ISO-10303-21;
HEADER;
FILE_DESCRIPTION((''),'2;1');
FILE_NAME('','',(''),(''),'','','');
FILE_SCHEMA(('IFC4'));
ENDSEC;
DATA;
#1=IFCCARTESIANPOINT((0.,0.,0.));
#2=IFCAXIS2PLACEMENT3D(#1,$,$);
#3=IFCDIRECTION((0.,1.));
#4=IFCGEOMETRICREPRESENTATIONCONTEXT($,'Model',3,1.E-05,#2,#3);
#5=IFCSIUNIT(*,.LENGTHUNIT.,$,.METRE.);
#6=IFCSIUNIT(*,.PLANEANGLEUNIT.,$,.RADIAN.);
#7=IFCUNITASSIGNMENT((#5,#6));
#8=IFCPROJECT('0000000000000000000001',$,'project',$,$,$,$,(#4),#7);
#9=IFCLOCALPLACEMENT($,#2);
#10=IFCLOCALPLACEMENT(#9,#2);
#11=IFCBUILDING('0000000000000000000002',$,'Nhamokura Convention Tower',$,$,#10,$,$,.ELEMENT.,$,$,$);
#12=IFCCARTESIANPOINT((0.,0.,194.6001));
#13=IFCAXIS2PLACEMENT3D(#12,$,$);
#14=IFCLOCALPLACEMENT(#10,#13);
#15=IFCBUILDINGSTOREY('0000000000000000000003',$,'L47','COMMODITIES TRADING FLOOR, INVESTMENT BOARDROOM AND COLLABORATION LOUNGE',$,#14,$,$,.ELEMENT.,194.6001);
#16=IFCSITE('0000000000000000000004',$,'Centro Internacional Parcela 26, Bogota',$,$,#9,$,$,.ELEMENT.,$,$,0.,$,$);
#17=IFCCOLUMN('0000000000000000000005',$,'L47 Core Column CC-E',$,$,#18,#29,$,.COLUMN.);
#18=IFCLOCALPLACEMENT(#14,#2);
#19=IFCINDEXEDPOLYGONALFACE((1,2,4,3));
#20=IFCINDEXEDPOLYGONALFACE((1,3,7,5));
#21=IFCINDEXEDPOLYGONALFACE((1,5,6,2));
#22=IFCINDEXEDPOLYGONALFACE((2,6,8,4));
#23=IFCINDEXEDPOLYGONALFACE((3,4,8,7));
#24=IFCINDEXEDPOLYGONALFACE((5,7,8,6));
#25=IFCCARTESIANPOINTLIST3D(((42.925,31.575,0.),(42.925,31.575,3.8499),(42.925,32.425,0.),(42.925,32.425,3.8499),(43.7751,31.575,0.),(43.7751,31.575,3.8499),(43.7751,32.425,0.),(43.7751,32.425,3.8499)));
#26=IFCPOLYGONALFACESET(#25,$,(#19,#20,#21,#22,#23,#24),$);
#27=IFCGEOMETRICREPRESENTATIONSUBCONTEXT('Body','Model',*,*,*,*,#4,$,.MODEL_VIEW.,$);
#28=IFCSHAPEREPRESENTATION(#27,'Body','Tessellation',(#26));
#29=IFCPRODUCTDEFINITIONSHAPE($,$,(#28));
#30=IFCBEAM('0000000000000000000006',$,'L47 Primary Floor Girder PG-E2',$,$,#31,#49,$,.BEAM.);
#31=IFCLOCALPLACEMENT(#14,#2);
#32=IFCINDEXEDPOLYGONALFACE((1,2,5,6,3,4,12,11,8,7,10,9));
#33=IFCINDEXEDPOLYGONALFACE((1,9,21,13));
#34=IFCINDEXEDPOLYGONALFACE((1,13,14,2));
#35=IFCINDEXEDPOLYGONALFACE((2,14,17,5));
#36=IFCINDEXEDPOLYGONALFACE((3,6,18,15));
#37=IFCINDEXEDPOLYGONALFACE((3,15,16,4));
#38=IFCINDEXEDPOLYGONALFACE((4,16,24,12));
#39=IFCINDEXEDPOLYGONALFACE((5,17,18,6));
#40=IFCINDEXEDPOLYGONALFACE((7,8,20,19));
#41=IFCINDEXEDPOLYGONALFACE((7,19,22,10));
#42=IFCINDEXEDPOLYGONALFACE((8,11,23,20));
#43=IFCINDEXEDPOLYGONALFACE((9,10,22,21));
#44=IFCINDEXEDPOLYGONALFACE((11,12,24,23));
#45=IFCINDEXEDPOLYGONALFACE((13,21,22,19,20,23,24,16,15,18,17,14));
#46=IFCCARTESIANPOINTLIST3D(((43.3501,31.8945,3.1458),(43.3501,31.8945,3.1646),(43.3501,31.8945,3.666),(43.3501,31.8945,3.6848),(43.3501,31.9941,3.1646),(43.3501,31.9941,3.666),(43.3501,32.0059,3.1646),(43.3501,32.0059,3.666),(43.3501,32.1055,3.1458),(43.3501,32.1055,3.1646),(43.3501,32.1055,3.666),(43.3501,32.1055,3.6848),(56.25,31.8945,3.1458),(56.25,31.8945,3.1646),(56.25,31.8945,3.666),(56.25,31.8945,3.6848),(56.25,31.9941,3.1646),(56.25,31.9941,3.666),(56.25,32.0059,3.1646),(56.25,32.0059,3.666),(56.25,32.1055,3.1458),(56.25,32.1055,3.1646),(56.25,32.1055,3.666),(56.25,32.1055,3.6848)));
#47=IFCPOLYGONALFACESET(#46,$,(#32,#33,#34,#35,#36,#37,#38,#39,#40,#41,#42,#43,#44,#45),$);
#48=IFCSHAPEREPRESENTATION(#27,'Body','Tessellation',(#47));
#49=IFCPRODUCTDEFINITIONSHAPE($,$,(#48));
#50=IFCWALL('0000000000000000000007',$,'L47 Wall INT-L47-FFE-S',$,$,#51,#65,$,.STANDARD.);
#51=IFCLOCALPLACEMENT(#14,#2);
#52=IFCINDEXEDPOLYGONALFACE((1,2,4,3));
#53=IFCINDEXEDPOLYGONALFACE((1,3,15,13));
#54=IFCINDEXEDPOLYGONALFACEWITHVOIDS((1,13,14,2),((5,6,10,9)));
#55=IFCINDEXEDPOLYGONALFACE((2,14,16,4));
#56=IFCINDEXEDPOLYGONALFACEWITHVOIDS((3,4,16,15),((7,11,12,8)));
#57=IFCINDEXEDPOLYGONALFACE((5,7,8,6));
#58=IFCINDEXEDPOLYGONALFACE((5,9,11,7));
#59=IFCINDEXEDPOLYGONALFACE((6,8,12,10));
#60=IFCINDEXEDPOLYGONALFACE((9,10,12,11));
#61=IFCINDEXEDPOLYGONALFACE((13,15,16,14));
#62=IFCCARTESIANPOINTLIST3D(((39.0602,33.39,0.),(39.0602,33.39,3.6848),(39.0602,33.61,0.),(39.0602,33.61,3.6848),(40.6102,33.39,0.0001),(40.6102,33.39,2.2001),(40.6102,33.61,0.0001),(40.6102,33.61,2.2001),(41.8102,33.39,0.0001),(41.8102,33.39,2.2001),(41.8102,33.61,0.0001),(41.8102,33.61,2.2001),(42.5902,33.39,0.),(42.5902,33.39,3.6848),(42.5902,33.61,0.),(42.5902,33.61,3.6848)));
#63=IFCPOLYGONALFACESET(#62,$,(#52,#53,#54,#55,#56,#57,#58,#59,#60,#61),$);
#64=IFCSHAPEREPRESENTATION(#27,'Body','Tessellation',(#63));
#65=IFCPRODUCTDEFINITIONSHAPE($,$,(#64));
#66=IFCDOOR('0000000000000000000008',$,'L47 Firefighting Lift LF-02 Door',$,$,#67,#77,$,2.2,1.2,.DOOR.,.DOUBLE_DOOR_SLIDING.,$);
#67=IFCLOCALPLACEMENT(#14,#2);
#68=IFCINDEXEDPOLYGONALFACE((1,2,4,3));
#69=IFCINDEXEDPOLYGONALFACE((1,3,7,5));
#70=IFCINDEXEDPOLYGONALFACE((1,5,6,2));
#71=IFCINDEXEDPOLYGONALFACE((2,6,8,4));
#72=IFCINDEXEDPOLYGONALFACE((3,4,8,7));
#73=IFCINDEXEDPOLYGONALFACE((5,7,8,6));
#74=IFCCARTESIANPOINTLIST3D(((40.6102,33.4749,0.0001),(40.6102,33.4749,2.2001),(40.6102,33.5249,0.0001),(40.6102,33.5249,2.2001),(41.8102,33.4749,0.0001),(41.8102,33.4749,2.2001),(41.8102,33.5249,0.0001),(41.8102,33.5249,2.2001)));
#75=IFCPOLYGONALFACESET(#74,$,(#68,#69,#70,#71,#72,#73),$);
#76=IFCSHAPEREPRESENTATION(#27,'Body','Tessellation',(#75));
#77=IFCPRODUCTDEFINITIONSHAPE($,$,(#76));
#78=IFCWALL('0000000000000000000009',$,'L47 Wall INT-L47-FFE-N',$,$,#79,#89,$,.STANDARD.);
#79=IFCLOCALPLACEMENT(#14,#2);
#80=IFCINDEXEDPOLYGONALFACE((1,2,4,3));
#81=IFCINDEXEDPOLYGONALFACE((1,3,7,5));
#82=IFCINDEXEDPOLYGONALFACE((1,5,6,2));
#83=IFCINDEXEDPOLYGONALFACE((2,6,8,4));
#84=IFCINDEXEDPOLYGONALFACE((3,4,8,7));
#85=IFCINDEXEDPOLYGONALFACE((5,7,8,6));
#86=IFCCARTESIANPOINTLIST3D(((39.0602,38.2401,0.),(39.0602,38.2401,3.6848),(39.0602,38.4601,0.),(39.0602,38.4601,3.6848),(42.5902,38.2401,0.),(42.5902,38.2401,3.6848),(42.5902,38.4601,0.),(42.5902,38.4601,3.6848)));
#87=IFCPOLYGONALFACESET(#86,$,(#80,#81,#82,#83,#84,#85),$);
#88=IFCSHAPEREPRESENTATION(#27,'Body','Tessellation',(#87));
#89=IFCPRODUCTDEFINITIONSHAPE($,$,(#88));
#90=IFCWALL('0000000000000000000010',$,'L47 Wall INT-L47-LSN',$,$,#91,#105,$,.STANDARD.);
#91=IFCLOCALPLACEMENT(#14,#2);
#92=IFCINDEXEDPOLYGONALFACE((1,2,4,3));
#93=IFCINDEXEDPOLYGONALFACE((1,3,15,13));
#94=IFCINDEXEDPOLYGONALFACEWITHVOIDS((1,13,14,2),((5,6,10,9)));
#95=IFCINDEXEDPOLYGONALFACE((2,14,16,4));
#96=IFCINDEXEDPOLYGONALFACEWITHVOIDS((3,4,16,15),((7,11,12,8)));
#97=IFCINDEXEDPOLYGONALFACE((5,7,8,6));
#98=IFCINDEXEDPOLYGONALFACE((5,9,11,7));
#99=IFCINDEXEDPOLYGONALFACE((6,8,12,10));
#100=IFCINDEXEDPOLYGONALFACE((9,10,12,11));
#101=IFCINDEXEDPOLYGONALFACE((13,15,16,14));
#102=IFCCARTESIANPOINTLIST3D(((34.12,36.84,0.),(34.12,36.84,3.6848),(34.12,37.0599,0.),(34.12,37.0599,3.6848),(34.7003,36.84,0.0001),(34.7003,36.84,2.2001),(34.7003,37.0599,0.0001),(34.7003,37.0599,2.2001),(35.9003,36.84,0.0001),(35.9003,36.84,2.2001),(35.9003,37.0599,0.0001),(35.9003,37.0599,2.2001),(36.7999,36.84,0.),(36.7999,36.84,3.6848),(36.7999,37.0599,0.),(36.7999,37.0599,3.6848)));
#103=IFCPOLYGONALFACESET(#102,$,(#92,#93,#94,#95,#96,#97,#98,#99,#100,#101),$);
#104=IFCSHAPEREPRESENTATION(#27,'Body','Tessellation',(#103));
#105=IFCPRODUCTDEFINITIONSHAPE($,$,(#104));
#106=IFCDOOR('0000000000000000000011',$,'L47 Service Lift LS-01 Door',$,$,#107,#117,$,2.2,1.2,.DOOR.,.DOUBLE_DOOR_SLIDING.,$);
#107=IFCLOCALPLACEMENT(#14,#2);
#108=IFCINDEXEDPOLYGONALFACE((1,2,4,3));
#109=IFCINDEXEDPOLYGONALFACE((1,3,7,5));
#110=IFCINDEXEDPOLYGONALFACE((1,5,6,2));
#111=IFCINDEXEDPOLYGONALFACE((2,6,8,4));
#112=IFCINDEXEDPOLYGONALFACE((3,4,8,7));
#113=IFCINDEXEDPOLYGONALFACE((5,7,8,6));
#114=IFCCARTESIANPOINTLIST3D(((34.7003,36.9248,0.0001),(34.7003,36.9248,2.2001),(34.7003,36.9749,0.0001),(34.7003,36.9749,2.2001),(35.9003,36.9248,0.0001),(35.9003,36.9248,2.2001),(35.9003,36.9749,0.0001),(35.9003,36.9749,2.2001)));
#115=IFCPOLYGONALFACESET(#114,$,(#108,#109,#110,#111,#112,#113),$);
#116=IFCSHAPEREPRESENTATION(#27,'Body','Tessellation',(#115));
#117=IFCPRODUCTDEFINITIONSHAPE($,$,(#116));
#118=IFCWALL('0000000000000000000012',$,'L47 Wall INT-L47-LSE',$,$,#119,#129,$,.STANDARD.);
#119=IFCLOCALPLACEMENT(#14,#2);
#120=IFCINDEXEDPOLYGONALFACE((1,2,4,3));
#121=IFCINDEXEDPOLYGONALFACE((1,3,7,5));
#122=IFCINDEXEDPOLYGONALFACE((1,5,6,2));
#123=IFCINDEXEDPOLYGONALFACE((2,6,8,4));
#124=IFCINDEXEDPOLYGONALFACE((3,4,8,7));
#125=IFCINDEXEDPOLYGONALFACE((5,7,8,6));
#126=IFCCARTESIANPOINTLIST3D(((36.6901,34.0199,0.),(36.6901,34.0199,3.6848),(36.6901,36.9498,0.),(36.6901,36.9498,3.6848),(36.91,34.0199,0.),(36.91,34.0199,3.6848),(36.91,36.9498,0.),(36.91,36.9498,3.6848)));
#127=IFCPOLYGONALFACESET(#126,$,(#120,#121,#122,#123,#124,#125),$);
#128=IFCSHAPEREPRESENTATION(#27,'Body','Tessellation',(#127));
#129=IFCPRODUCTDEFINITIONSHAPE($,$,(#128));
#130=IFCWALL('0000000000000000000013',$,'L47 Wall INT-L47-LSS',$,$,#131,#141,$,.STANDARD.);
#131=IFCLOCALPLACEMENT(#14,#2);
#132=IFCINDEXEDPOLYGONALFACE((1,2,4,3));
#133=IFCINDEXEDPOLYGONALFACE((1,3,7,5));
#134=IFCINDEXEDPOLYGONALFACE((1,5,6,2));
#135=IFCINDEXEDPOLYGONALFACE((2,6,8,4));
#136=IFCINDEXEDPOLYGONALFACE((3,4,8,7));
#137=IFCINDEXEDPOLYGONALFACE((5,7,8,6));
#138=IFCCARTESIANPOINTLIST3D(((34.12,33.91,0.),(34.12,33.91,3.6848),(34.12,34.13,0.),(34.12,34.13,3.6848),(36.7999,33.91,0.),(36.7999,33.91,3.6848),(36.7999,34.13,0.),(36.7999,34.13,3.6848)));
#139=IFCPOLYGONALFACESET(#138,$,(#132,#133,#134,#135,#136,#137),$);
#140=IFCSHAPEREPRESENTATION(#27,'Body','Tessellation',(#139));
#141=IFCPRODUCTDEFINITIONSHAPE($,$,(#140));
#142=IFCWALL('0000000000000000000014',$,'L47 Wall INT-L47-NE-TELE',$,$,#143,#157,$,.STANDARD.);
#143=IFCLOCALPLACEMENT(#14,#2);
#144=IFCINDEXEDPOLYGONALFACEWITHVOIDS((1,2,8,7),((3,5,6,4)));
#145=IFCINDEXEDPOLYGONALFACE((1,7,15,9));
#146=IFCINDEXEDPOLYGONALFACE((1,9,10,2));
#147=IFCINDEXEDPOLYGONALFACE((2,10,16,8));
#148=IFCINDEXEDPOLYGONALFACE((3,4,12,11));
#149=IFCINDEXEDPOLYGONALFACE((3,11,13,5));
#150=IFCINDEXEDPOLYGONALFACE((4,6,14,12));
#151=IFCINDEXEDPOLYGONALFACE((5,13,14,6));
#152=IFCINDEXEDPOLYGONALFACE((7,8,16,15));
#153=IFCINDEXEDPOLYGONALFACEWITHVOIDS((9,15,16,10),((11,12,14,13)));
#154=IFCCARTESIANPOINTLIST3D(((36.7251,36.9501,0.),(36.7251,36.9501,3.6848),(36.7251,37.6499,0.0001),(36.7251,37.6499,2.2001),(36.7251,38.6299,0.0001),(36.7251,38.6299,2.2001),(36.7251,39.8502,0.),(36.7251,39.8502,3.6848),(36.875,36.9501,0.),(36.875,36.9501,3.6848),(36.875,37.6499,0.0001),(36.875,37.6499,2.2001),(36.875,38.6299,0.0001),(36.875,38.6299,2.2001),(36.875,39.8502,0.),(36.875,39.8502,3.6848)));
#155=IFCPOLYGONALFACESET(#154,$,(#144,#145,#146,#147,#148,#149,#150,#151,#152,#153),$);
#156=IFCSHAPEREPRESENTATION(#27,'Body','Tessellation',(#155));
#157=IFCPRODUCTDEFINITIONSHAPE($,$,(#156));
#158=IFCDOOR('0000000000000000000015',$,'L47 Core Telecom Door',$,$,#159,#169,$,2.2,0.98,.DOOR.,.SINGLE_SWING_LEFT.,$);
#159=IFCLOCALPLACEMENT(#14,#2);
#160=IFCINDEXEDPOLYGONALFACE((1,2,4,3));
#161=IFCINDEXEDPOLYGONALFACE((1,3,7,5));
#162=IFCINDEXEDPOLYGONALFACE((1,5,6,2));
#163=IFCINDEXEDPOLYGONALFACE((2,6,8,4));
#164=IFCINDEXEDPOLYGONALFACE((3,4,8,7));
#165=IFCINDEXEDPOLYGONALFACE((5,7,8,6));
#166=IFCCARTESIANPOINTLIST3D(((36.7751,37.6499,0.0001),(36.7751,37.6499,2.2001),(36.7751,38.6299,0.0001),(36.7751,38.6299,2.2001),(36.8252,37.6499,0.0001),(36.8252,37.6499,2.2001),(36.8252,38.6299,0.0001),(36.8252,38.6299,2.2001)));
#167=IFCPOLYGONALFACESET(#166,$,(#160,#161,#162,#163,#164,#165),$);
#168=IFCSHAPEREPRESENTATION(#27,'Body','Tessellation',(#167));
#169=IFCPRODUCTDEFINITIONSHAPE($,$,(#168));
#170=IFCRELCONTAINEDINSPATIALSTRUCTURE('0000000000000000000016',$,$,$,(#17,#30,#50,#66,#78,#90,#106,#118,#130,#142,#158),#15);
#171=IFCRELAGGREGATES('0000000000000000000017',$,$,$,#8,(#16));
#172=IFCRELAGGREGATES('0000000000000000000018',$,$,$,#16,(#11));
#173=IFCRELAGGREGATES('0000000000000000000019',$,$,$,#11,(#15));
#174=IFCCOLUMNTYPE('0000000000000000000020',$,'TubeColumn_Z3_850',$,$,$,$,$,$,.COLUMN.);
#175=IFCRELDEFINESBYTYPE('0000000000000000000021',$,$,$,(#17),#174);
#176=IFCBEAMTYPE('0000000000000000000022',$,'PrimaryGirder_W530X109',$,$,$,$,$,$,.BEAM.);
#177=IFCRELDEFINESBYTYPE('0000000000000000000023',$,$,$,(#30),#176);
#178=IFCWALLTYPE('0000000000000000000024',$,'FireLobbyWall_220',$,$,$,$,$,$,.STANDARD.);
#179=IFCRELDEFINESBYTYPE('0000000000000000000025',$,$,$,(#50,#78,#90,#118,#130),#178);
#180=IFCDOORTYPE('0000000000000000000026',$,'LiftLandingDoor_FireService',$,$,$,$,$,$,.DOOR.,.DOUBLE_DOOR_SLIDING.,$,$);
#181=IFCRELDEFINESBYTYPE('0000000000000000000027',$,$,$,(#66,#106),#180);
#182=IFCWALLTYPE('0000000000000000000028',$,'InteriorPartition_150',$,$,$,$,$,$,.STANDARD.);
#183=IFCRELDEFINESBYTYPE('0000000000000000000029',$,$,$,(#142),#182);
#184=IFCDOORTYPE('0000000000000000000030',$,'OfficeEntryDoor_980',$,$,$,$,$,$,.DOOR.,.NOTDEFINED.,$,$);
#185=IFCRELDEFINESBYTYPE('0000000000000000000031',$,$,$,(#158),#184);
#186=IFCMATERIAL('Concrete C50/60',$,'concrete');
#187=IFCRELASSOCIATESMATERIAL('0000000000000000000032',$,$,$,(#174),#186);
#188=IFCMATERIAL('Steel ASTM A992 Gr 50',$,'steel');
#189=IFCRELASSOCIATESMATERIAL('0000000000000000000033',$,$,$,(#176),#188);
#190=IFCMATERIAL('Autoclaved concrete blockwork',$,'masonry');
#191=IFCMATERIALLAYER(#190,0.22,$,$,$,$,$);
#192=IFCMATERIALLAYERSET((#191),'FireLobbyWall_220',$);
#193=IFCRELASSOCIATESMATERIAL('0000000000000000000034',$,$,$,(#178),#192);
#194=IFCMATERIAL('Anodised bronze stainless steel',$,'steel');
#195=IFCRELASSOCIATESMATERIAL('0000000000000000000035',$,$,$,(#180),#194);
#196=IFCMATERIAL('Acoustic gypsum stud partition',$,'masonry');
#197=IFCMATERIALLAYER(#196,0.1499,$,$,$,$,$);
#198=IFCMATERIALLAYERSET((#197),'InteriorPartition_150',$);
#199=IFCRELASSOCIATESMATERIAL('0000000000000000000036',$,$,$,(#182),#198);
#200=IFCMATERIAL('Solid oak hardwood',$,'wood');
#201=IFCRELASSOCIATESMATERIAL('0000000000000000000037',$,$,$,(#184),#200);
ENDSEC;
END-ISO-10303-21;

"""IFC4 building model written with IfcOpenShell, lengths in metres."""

from ifc_helpers import new_model, si_unit, direction, frame, frame_2d, origin, origin_2d, place, context, subcontext, project, spatial, rectangle, i_section, extrude, material, layer, layer_set, material_profile, profile_set, type_object, element, fill, save


model = new_model("IFC4")

# Units and contexts
model_context = context("Model", 3, precision=1e-05, world=origin(), true_north=direction((0.0, 1.0)))
body_context = subcontext(model_context, "Body", "Model", "MODEL_VIEW")
ifc_project = project(units=[si_unit("LENGTHUNIT", "METRE"), si_unit("PLANEANGLEUNIT", "RADIAN")], contexts=[model_context])

# Site, building, storey
site_placement = place(None, origin())
site = spatial("IfcSite", under=ifc_project, at=site_placement, Name="Centro Internacional Parcela 26, Bogota", CompositionType="ELEMENT", RefElevation=0.0)
building_placement = place(site_placement, origin())
building = spatial("IfcBuilding", under=site, at=building_placement, Name="Nhamokura Convention Tower", CompositionType="ELEMENT")
storey_placement = place(building_placement, frame((0.0, 0.0, 194.6001)))
storey = spatial("IfcBuildingStorey", under=building, at=storey_placement, Name="L47", Description="COMMODITIES TRADING FLOOR, INVESTMENT BOARDROOM AND COLLABORATION LOUNGE", CompositionType="ELEMENT", Elevation=194.6001)

# Column
ifc_material_1 = material(Name="Concrete C50/60", Category="concrete")
ifc_material_profile_1 = material_profile(ifc_material_1, rectangle(XDim=0.8501, YDim=0.8501, at=origin_2d()))
ifc_profile_set_1 = profile_set([ifc_material_profile_1], Name="Concrete C50/60")
column_type = type_object("IfcColumnType", Name="TubeColumn_Z3_850", PredefinedType="COLUMN", material=ifc_profile_set_1)
column_placement = place(storey_placement, frame((43.3501, 32.0, 0.0), z_axis=(0.0, 0.0, 1.0), x_axis=(1.0, 0.0, 0.0)))
element("IfcColumn", 1, at=column_placement, inside=storey, type_object=column_type, Name="L47 Core Column CC-E", PredefinedType="COLUMN", context=body_context, shape_type="SweptSolid", body=[
    extrude(rectangle(XDim=0.8501, YDim=0.8501, at=origin_2d()), origin(), (0.0, 0.0, 1.0), 3.8499),
])

# Beam
ifc_material_2 = material(Name="Steel ASTM A992 Gr 50", Category="steel")
ifc_material_profile_2 = material_profile(ifc_material_2, i_section(OverallWidth=0.2109, OverallDepth=0.5391, WebThickness=0.0117, FlangeThickness=0.0188, at=origin_2d()))
ifc_profile_set_2 = profile_set([ifc_material_profile_2], Name="Steel ASTM A992 Gr 50")
beam_type = type_object("IfcBeamType", Name="PrimaryGirder_W530X109", PredefinedType="BEAM", material=ifc_profile_set_2)
beam_placement = place(storey_placement, frame((43.3501, 32.0, 3.4153), z_axis=(1.0, 0.0, 0.0), x_axis=(0.0, 1.0, 0.0)))
element("IfcBeam", 2, at=beam_placement, inside=storey, type_object=beam_type, Name="L47 Primary Floor Girder PG-E2", PredefinedType="BEAM", context=body_context, shape_type="SweptSolid", body=[
    extrude(i_section(OverallWidth=0.2109, OverallDepth=0.5391, WebThickness=0.0117, FlangeThickness=0.0188, at=origin_2d()), origin(), (0.0, 0.0, 1.0), 12.8999),
])

# Wall, opening, door
ifc_material_3 = material(Name="Autoclaved concrete blockwork", Category="masonry")
ifc_layer_1 = layer(ifc_material_3, 0.22)
ifc_layer_set_1 = layer_set([ifc_layer_1], Name="FireLobbyWall_220")
wall_type_1 = type_object("IfcWallType", Name="FireLobbyWall_220", PredefinedType="STANDARD", material=ifc_layer_set_1)
wall_1_placement = place(storey_placement, frame((39.0601, 33.5, 0.0), z_axis=(0.0, 0.0, 1.0), x_axis=(1.0, 0.0, 0.0)))
wall_1 = element("IfcWall", 3, at=wall_1_placement, inside=storey, type_object=wall_type_1, Name="L47 Wall INT-L47-FFE-S", PredefinedType="STANDARD", context=body_context, shape_type="SweptSolid", body=[
    extrude(rectangle(XDim=3.53, YDim=0.22, at=frame_2d((1.7651, 0.0))), origin(), (0.0, 0.0, 1.0), 3.6848),
])
opening_1_placement = place(wall_1_placement, frame((1.55, 0.0, 0.0)))
opening_1 = element("IfcOpeningElement", 4, at=opening_1_placement, cuts=wall_1, PredefinedType="OPENING", context=body_context, shape_type="SweptSolid", body=[
    extrude(rectangle(XDim=1.2, YDim=2.2, at=frame_2d((0.6001, 1.1001))), frame((0.0, 0.1199, 0.0), z_axis=(0.0, -1.0, 0.0), x_axis=(1.0, 0.0, 0.0)), (0.0, 0.0, 1.0), 0.24),
])
ifc_material_4 = material(Name="Anodised bronze stainless steel", Category="steel")
door_type_1 = type_object("IfcDoorType", Name="LiftLandingDoor_FireService", OperationType="DOUBLE_DOOR_SLIDING", PredefinedType="DOOR", material=ifc_material_4)
door_1_placement = place(opening_1_placement, origin())
door_1 = element("IfcDoor", 5, at=door_1_placement, inside=storey, type_object=door_type_1, Name="L47 Firefighting Lift LF-02 Door", OperationType="DOUBLE_DOOR_SLIDING", OverallHeight=2.2, OverallWidth=1.2, PredefinedType="DOOR", context=body_context, shape_type="SweptSolid", body=[
    extrude(rectangle(XDim=1.2, YDim=2.2, at=frame_2d((0.6001, 1.1001))), frame((0.0, 0.0249, 0.0), z_axis=(0.0, -1.0, 0.0), x_axis=(1.0, 0.0, 0.0)), (0.0, 0.0, 1.0), 0.05),
])
fill(opening_1, door_1)

# Wall
wall_2_placement = place(storey_placement, frame((39.0601, 38.3501, 0.0), z_axis=(0.0, 0.0, 1.0), x_axis=(1.0, 0.0, 0.0)))
element("IfcWall", 6, at=wall_2_placement, inside=storey, type_object=wall_type_1, Name="L47 Wall INT-L47-FFE-N", PredefinedType="STANDARD", context=body_context, shape_type="SweptSolid", body=[
    extrude(rectangle(XDim=3.53, YDim=0.22, at=frame_2d((1.7651, 0.0))), origin(), (0.0, 0.0, 1.0), 3.6848),
])

# Wall, opening, door
wall_3_placement = place(storey_placement, frame((34.1201, 36.95, 0.0), z_axis=(0.0, 0.0, 1.0), x_axis=(1.0, 0.0, 0.0)))
wall_3 = element("IfcWall", 7, at=wall_3_placement, inside=storey, type_object=wall_type_1, Name="L47 Wall INT-L47-LSN", PredefinedType="STANDARD", context=body_context, shape_type="SweptSolid", body=[
    extrude(rectangle(XDim=2.6799, YDim=0.22, at=frame_2d((1.3398, 0.0))), origin(), (0.0, 0.0, 1.0), 3.6848),
])
opening_2_placement = place(wall_3_placement, frame((0.5801, 0.0, 0.0)))
opening_2 = element("IfcOpeningElement", 8, at=opening_2_placement, cuts=wall_3, PredefinedType="OPENING", context=body_context, shape_type="SweptSolid", body=[
    extrude(rectangle(XDim=1.2, YDim=2.2, at=frame_2d((0.6001, 1.1001))), frame((0.0, 0.1199, 0.0), z_axis=(0.0, -1.0, 0.0), x_axis=(1.0, 0.0, 0.0)), (0.0, 0.0, 1.0), 0.24),
])
door_2_placement = place(opening_2_placement, origin())
door_2 = element("IfcDoor", 9, at=door_2_placement, inside=storey, type_object=door_type_1, Name="L47 Service Lift LS-01 Door", OperationType="DOUBLE_DOOR_SLIDING", OverallHeight=2.2, OverallWidth=1.2, PredefinedType="DOOR", context=body_context, shape_type="SweptSolid", body=[
    extrude(rectangle(XDim=1.2, YDim=2.2, at=frame_2d((0.6001, 1.1001))), frame((0.0, 0.0249, 0.0), z_axis=(0.0, -1.0, 0.0), x_axis=(1.0, 0.0, 0.0)), (0.0, 0.0, 1.0), 0.05),
])
fill(opening_2, door_2)

# Walls
wall_4_placement = place(storey_placement, frame((36.8, 34.02, 0.0), z_axis=(0.0, 0.0, 1.0), x_axis=(0.0, 1.0, 0.0)))
element("IfcWall", 10, at=wall_4_placement, inside=storey, type_object=wall_type_1, Name="L47 Wall INT-L47-LSE", PredefinedType="STANDARD", context=body_context, shape_type="SweptSolid", body=[
    extrude(rectangle(XDim=2.9299, YDim=0.22, at=frame_2d((1.4648, 0.0))), origin(), (0.0, 0.0, 1.0), 3.6848),
])
wall_5_placement = place(storey_placement, frame((34.1201, 34.02, 0.0), z_axis=(0.0, 0.0, 1.0), x_axis=(1.0, 0.0, 0.0)))
element("IfcWall", 11, at=wall_5_placement, inside=storey, type_object=wall_type_1, Name="L47 Wall INT-L47-LSS", PredefinedType="STANDARD", context=body_context, shape_type="SweptSolid", body=[
    extrude(rectangle(XDim=2.6799, YDim=0.22, at=frame_2d((1.3398, 0.0))), origin(), (0.0, 0.0, 1.0), 3.6848),
])

# Wall, opening, door
ifc_material_5 = material(Name="Acoustic gypsum stud partition", Category="masonry")
ifc_layer_2 = layer(ifc_material_5, 0.1499)
ifc_layer_set_2 = layer_set([ifc_layer_2], Name="InteriorPartition_150")
wall_type_2 = type_object("IfcWallType", Name="InteriorPartition_150", PredefinedType="STANDARD", material=ifc_layer_set_2)
wall_6_placement = place(storey_placement, frame((36.8, 36.95, 0.0), z_axis=(0.0, 0.0, 1.0), x_axis=(0.0, 1.0, 0.0)))
wall_6 = element("IfcWall", 12, at=wall_6_placement, inside=storey, type_object=wall_type_2, Name="L47 Wall INT-L47-NE-TELE", PredefinedType="STANDARD", context=body_context, shape_type="SweptSolid", body=[
    extrude(rectangle(XDim=2.9001, YDim=0.1499, at=frame_2d((1.4502, 0.0))), origin(), (0.0, 0.0, 1.0), 3.6848),
])
opening_3_placement = place(wall_6_placement, frame((0.7, 0.0, 0.0)))
opening_3 = element("IfcOpeningElement", 13, at=opening_3_placement, cuts=wall_6, PredefinedType="OPENING", context=body_context, shape_type="SweptSolid", body=[
    extrude(rectangle(XDim=0.98, YDim=2.2, at=frame_2d((0.49, 1.1001))), frame((0.0, 0.085, 0.0), z_axis=(0.0, -1.0, 0.0), x_axis=(1.0, 0.0, 0.0)), (0.0, 0.0, 1.0), 0.1699),
])
ifc_material_6 = material(Name="Solid oak hardwood", Category="wood")
door_type_2 = type_object("IfcDoorType", Name="OfficeEntryDoor_980", OperationType="NOTDEFINED", PredefinedType="DOOR", material=ifc_material_6)
door_3_placement = place(opening_3_placement, origin())
door_3 = element("IfcDoor", 14, at=door_3_placement, inside=storey, type_object=door_type_2, Name="L47 Core Telecom Door", OperationType="SINGLE_SWING_LEFT", OverallHeight=2.2, OverallWidth=0.98, PredefinedType="DOOR", context=body_context, shape_type="SweptSolid", body=[
    extrude(rectangle(XDim=0.98, YDim=2.2, at=frame_2d((0.49, 1.1001))), frame((0.0, 0.0249, 0.0), z_axis=(0.0, -1.0, 0.0), x_axis=(1.0, 0.0, 0.0)), (0.0, 0.0, 1.0), 0.05),
])
fill(opening_3, door_3)

save(model, "model.ifc")
